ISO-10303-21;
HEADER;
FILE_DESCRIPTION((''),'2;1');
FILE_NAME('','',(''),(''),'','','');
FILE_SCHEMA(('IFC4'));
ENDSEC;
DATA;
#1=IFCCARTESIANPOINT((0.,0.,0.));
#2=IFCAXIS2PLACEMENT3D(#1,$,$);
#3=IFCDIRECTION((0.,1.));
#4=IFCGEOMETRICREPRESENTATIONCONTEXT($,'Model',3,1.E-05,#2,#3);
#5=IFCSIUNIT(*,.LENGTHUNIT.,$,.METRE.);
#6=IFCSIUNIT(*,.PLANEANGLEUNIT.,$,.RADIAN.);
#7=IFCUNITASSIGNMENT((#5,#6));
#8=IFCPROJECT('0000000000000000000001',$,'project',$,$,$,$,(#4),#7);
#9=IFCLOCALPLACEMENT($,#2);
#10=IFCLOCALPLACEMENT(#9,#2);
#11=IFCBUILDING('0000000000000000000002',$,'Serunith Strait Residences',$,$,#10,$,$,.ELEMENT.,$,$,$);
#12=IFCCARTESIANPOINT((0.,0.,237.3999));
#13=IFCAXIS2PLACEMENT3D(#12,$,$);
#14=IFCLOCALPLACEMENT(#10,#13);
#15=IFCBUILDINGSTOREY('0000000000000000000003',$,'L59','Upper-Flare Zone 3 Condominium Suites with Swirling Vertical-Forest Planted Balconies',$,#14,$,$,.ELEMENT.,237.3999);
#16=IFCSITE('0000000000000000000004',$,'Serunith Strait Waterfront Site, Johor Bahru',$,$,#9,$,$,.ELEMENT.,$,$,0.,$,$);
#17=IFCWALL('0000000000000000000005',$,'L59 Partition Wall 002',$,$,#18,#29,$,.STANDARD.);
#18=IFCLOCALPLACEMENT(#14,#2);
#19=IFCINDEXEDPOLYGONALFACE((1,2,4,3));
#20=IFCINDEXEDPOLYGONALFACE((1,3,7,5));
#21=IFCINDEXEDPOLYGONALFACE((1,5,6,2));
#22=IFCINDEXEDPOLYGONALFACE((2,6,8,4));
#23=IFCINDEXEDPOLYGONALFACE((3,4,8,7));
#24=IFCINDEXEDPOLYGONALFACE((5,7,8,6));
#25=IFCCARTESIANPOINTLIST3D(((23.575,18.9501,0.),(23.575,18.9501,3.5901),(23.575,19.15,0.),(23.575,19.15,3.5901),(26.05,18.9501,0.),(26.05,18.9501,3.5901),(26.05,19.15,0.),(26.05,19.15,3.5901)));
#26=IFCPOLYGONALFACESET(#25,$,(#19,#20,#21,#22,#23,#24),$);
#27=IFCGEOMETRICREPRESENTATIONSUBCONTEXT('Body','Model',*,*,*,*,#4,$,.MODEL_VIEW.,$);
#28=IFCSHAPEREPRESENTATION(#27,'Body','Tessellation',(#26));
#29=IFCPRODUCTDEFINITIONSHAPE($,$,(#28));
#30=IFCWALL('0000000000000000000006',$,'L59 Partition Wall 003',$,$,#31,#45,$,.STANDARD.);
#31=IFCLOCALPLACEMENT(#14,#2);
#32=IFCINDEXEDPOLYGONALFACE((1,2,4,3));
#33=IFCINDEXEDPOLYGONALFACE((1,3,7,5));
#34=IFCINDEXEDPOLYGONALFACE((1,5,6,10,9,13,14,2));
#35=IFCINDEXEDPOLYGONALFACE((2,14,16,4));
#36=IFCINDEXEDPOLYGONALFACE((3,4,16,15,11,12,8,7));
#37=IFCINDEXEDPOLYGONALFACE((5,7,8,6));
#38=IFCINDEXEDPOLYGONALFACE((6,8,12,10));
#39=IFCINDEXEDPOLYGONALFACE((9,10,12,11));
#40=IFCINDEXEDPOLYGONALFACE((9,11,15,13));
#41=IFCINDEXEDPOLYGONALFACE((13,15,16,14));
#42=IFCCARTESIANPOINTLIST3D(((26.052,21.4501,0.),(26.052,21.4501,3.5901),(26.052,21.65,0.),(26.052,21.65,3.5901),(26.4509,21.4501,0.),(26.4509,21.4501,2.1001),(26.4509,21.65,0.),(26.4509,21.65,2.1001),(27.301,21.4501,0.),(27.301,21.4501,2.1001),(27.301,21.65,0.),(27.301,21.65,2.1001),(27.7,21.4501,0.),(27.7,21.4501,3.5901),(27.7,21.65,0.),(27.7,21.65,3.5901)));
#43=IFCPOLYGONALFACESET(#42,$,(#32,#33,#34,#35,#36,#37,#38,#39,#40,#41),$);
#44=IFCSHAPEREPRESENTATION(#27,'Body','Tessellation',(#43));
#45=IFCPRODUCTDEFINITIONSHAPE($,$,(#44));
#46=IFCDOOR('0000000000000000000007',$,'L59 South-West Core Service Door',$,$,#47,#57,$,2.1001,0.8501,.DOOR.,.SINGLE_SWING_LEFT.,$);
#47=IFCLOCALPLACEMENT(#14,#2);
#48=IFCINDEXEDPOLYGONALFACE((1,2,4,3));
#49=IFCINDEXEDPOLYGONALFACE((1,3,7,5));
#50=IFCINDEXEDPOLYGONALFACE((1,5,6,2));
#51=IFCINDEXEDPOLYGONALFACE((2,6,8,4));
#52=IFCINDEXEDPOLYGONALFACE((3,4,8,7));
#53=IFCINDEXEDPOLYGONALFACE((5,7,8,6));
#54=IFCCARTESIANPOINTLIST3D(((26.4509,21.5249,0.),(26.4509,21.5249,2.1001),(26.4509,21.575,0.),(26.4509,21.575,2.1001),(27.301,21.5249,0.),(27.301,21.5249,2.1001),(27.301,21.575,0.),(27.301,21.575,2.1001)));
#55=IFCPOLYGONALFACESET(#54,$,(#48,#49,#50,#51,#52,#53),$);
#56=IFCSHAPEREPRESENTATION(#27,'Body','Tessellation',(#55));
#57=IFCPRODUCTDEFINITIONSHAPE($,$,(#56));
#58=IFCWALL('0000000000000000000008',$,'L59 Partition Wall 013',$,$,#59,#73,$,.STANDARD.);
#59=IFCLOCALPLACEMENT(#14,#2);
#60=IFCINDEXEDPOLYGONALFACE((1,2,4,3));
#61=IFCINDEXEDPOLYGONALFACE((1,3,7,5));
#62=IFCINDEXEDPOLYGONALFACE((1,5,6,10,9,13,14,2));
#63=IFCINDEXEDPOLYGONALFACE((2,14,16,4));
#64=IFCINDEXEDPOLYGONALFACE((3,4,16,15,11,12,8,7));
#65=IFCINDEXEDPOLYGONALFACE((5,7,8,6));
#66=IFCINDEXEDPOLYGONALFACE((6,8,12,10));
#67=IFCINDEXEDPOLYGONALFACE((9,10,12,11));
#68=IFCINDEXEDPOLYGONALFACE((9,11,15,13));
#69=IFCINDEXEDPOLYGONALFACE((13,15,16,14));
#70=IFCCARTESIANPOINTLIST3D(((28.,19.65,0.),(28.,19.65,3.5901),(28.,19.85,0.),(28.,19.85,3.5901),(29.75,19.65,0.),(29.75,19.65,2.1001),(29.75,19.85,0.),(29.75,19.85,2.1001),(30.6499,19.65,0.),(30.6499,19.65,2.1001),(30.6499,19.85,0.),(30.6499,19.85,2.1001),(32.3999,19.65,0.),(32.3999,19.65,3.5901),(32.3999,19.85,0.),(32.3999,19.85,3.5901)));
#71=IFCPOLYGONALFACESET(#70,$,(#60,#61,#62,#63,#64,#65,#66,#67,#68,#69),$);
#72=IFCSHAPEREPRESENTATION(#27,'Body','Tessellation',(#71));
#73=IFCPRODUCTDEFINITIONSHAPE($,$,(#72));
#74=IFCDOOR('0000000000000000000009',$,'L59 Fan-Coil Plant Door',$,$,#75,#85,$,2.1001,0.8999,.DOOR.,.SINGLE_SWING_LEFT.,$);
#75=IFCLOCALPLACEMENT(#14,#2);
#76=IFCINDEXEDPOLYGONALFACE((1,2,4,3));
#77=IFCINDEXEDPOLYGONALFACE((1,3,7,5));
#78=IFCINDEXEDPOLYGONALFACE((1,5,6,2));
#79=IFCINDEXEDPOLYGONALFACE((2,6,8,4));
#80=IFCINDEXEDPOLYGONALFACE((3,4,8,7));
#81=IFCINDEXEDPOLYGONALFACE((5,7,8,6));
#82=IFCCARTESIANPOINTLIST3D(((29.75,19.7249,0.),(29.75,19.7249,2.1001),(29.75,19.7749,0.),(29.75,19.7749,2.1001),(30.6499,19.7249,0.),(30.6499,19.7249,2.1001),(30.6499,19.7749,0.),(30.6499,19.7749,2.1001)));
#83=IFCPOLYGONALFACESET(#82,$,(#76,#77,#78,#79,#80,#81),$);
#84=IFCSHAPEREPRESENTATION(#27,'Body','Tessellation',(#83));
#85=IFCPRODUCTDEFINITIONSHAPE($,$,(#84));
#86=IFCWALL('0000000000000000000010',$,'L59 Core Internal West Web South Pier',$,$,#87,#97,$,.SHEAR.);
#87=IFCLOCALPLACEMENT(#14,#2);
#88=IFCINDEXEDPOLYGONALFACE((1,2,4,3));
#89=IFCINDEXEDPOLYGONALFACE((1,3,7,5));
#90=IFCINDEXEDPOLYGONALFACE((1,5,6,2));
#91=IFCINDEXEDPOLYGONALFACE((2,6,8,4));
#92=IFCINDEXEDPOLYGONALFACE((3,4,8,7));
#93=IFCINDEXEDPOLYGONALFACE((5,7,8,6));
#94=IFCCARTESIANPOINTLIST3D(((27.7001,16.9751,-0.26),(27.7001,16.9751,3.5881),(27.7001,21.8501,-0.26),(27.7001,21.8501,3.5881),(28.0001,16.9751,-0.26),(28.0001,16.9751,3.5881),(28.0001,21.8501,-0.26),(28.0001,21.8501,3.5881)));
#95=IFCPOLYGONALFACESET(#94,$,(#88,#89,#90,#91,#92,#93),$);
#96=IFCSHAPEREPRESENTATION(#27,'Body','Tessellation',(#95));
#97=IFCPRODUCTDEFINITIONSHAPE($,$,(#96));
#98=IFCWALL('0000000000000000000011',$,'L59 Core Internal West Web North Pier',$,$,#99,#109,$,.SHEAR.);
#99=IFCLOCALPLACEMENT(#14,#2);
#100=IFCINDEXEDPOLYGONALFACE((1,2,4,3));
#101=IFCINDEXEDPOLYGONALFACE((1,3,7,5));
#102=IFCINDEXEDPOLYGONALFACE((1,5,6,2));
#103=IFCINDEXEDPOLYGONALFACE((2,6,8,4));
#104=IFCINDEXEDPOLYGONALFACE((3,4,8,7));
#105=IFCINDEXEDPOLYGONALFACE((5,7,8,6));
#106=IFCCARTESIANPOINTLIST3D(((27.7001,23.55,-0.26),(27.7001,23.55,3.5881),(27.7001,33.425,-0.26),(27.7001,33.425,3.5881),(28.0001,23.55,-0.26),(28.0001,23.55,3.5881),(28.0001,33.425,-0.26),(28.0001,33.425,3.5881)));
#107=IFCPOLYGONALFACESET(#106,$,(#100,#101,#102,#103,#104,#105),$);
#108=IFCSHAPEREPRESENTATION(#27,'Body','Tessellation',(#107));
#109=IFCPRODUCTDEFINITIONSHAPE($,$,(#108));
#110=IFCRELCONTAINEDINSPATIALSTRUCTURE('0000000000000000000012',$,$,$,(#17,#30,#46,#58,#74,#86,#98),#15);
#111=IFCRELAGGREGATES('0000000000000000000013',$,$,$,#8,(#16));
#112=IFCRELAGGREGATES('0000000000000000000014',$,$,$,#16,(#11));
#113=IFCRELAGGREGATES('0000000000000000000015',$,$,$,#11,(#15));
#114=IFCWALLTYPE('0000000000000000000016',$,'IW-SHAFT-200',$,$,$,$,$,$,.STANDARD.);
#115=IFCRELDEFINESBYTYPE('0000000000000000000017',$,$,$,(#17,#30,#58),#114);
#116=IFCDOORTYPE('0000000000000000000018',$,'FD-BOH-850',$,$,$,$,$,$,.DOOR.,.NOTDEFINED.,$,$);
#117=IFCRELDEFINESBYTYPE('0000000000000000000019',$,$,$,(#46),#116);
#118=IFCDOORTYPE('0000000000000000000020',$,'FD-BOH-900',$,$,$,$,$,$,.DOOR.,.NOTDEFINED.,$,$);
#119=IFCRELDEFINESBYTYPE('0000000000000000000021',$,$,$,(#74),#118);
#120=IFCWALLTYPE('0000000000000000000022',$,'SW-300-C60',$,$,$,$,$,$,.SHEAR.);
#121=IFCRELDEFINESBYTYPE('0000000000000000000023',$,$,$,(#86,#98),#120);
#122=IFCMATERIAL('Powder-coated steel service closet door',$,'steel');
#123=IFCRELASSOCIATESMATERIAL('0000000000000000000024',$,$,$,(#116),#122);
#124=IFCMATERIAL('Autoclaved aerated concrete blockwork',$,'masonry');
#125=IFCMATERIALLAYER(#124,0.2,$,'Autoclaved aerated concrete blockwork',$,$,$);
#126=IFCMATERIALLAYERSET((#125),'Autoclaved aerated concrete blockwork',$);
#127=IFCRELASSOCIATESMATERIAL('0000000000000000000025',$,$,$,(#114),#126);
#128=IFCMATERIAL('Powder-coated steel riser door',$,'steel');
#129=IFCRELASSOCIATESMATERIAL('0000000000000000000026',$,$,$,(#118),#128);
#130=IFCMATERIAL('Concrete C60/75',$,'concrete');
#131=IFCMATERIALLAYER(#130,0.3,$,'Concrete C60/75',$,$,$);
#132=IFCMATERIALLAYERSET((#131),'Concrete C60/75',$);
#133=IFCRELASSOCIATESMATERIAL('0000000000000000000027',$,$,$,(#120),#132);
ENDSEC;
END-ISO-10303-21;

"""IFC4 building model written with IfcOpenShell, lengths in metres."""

from ifc_helpers import new_model, si_unit, direction, frame, frame_2d, origin, place, context, subcontext, project, spatial, rectangle, extrude, source, transform, mapped, material, layer, layer_set, type_object, element, fill, save


model = new_model("IFC4")

# Units and contexts
model_context = context("Model", 3, precision=1e-05, world=origin(), true_north=direction((0.0, 1.0)))
body_context = subcontext(model_context, "Body", "Model", "MODEL_VIEW")
ifc_project = project(units=[si_unit("LENGTHUNIT", "METRE"), si_unit("PLANEANGLEUNIT", "RADIAN")], contexts=[model_context])

# Site, building, storey
site_placement = place(None, origin())
site = spatial("IfcSite", under=ifc_project, at=site_placement, Name="Serunith Strait Waterfront Site, Johor Bahru", CompositionType="ELEMENT", RefElevation=0.0)
building_placement = place(site_placement, origin())
building = spatial("IfcBuilding", under=site, at=building_placement, Name="Serunith Strait Residences", CompositionType="ELEMENT")
storey_placement = place(building_placement, frame((0.0, 0.0, 237.3999)))
storey = spatial("IfcBuildingStorey", under=building, at=storey_placement, Name="L59", Description="Upper-Flare Zone 3 Condominium Suites with Swirling Vertical-Forest Planted Balconies", CompositionType="ELEMENT", Elevation=237.3999)

# Shared definitions
ifc_material_1 = material(Name="Powder-coated steel service closet door", Category="steel")
door_type_1 = type_object("IfcDoorType", Name="FD-BOH-850", OperationType="NOTDEFINED", PredefinedType="DOOR", material=ifc_material_1)
shared_shape_1 = source(origin(), body_context, "Body", "SweptSolid", [
    extrude(rectangle(XDim=0.8501, YDim=2.1001, at=frame_2d((0.425, 1.05))), frame((0.0, 0.0249, 0.0), z_axis=(0.0, -1.0, 0.0), x_axis=(1.0, 0.0, 0.0)), (0.0, 0.0, 1.0), 0.05),
])
ifc_material_2 = material(Name="Autoclaved aerated concrete blockwork", Category="masonry")
ifc_layer_1 = layer(ifc_material_2, 0.2, Name="Autoclaved aerated concrete blockwork")
ifc_layer_set_1 = layer_set([ifc_layer_1], Name="Autoclaved aerated concrete blockwork")
wall_type_1 = type_object("IfcWallType", Name="IW-SHAFT-200", PredefinedType="STANDARD", material=ifc_layer_set_1)

# Wall
wall_1_placement = place(storey_placement, frame((23.575, 19.05, 0.0), z_axis=(0.0, 0.0, 1.0), x_axis=(1.0, 0.0, 0.0)))
element("IfcWall", 1, at=wall_1_placement, inside=storey, type_object=wall_type_1, Name="L59 Partition Wall 002", PredefinedType="STANDARD", context=body_context, shape_type="SweptSolid", body=[
    extrude(rectangle(XDim=2.4751, YDim=0.2, at=frame_2d((1.2375, 0.0))), origin(), (0.0, 0.0, 1.0), 3.5901),
])

# Walls, openings, doors
wall_2_placement = place(storey_placement, frame((26.052, 21.55, 0.0), z_axis=(0.0, 0.0, 1.0), x_axis=(1.0, 0.0, 0.0)))
wall_2 = element("IfcWall", 2, at=wall_2_placement, inside=storey, type_object=wall_type_1, Name="L59 Partition Wall 003", PredefinedType="STANDARD", context=body_context, shape_type="SweptSolid", body=[
    extrude(rectangle(XDim=1.6479, YDim=0.2, at=frame_2d((0.824, 0.0))), origin(), (0.0, 0.0, 1.0), 3.5901),
])
opening_1_placement = place(wall_2_placement, frame((0.3989, 0.0, 0.0)))
opening_1 = element("IfcOpeningElement", 3, at=opening_1_placement, cuts=wall_2, PredefinedType="OPENING", context=body_context, shape_type="SweptSolid", body=[
    extrude(rectangle(XDim=0.8501, YDim=2.1001, at=frame_2d((0.425, 1.05))), frame((0.0, 0.1099, 0.0), z_axis=(0.0, -1.0, 0.0), x_axis=(1.0, 0.0, 0.0)), (0.0, 0.0, 1.0), 0.22),
])
door_1_placement = place(opening_1_placement, origin())
door_1 = element("IfcDoor", 4, at=door_1_placement, inside=storey, type_object=door_type_1, Name="L59 South-West Core Service Door", OperationType="SINGLE_SWING_LEFT", OverallHeight=2.1001, OverallWidth=0.8501, PredefinedType="DOOR", context=body_context, shape_type="MappedRepresentation", body=[
    mapped(shared_shape_1, transform((0.0, 0.0, 0.0), scale=1.0)),
])
fill(opening_1, door_1)
wall_3_placement = place(storey_placement, frame((28.0, 19.75, 0.0), z_axis=(0.0, 0.0, 1.0), x_axis=(1.0, 0.0, 0.0)))
wall_3 = element("IfcWall", 5, at=wall_3_placement, inside=storey, type_object=wall_type_1, Name="L59 Partition Wall 013", PredefinedType="STANDARD", context=body_context, shape_type="SweptSolid", body=[
    extrude(rectangle(XDim=4.3999, YDim=0.2, at=frame_2d((2.2, 0.0))), origin(), (0.0, 0.0, 1.0), 3.5901),
])
opening_2_placement = place(wall_3_placement, frame((1.75, 0.0, 0.0)))
opening_2 = element("IfcOpeningElement", 6, at=opening_2_placement, cuts=wall_3, PredefinedType="OPENING", context=body_context, shape_type="SweptSolid", body=[
    extrude(rectangle(XDim=0.8999, YDim=2.1001, at=frame_2d((0.45, 1.05))), frame((0.0, 0.1099, 0.0), z_axis=(0.0, -1.0, 0.0), x_axis=(1.0, 0.0, 0.0)), (0.0, 0.0, 1.0), 0.22),
])
ifc_material_3 = material(Name="Powder-coated steel riser door", Category="steel")
door_type_2 = type_object("IfcDoorType", Name="FD-BOH-900", OperationType="NOTDEFINED", PredefinedType="DOOR", material=ifc_material_3)
shared_shape_2 = source(origin(), body_context, "Body", "SweptSolid", [
    extrude(rectangle(XDim=0.8999, YDim=2.1001, at=frame_2d((0.45, 1.05))), frame((0.0, 0.0249, 0.0), z_axis=(0.0, -1.0, 0.0), x_axis=(1.0, 0.0, 0.0)), (0.0, 0.0, 1.0), 0.05),
])
door_2_placement = place(opening_2_placement, origin())
door_2 = element("IfcDoor", 7, at=door_2_placement, inside=storey, type_object=door_type_2, Name="L59 Fan-Coil Plant Door", OperationType="SINGLE_SWING_LEFT", OverallHeight=2.1001, OverallWidth=0.8999, PredefinedType="DOOR", context=body_context, shape_type="MappedRepresentation", body=[
    mapped(shared_shape_2, transform((0.0, 0.0, 0.0), scale=1.0)),
])
fill(opening_2, door_2)

# Walls
ifc_material_4 = material(Name="Concrete C60/75", Category="concrete")
ifc_layer_2 = layer(ifc_material_4, 0.3, Name="Concrete C60/75")
ifc_layer_set_2 = layer_set([ifc_layer_2], Name="Concrete C60/75")
wall_type_2 = type_object("IfcWallType", Name="SW-300-C60", PredefinedType="SHEAR", material=ifc_layer_set_2)
wall_4_placement = place(storey_placement, frame((27.8501, 16.9751, -0.26), z_axis=(0.0, 0.0, 1.0), x_axis=(0.0, 1.0, 0.0)))
element("IfcWall", 8, at=wall_4_placement, inside=storey, type_object=wall_type_2, Name="L59 Core Internal West Web South Pier", PredefinedType="SHEAR", context=body_context, shape_type="SweptSolid", body=[
    extrude(rectangle(XDim=4.875, YDim=0.3, at=frame_2d((2.4375, 0.0))), origin(), (0.0, 0.0, 1.0), 3.8481),
])
wall_5_placement = place(storey_placement, frame((27.8501, 23.55, -0.26), z_axis=(0.0, 0.0, 1.0), x_axis=(0.0, 1.0, 0.0)))
element("IfcWall", 9, at=wall_5_placement, inside=storey, type_object=wall_type_2, Name="L59 Core Internal West Web North Pier", PredefinedType="SHEAR", context=body_context, shape_type="SweptSolid", body=[
    extrude(rectangle(XDim=9.875, YDim=0.3, at=frame_2d((4.9375, 0.0))), origin(), (0.0, 0.0, 1.0), 3.8481),
])

save(model, "model.ifc")
